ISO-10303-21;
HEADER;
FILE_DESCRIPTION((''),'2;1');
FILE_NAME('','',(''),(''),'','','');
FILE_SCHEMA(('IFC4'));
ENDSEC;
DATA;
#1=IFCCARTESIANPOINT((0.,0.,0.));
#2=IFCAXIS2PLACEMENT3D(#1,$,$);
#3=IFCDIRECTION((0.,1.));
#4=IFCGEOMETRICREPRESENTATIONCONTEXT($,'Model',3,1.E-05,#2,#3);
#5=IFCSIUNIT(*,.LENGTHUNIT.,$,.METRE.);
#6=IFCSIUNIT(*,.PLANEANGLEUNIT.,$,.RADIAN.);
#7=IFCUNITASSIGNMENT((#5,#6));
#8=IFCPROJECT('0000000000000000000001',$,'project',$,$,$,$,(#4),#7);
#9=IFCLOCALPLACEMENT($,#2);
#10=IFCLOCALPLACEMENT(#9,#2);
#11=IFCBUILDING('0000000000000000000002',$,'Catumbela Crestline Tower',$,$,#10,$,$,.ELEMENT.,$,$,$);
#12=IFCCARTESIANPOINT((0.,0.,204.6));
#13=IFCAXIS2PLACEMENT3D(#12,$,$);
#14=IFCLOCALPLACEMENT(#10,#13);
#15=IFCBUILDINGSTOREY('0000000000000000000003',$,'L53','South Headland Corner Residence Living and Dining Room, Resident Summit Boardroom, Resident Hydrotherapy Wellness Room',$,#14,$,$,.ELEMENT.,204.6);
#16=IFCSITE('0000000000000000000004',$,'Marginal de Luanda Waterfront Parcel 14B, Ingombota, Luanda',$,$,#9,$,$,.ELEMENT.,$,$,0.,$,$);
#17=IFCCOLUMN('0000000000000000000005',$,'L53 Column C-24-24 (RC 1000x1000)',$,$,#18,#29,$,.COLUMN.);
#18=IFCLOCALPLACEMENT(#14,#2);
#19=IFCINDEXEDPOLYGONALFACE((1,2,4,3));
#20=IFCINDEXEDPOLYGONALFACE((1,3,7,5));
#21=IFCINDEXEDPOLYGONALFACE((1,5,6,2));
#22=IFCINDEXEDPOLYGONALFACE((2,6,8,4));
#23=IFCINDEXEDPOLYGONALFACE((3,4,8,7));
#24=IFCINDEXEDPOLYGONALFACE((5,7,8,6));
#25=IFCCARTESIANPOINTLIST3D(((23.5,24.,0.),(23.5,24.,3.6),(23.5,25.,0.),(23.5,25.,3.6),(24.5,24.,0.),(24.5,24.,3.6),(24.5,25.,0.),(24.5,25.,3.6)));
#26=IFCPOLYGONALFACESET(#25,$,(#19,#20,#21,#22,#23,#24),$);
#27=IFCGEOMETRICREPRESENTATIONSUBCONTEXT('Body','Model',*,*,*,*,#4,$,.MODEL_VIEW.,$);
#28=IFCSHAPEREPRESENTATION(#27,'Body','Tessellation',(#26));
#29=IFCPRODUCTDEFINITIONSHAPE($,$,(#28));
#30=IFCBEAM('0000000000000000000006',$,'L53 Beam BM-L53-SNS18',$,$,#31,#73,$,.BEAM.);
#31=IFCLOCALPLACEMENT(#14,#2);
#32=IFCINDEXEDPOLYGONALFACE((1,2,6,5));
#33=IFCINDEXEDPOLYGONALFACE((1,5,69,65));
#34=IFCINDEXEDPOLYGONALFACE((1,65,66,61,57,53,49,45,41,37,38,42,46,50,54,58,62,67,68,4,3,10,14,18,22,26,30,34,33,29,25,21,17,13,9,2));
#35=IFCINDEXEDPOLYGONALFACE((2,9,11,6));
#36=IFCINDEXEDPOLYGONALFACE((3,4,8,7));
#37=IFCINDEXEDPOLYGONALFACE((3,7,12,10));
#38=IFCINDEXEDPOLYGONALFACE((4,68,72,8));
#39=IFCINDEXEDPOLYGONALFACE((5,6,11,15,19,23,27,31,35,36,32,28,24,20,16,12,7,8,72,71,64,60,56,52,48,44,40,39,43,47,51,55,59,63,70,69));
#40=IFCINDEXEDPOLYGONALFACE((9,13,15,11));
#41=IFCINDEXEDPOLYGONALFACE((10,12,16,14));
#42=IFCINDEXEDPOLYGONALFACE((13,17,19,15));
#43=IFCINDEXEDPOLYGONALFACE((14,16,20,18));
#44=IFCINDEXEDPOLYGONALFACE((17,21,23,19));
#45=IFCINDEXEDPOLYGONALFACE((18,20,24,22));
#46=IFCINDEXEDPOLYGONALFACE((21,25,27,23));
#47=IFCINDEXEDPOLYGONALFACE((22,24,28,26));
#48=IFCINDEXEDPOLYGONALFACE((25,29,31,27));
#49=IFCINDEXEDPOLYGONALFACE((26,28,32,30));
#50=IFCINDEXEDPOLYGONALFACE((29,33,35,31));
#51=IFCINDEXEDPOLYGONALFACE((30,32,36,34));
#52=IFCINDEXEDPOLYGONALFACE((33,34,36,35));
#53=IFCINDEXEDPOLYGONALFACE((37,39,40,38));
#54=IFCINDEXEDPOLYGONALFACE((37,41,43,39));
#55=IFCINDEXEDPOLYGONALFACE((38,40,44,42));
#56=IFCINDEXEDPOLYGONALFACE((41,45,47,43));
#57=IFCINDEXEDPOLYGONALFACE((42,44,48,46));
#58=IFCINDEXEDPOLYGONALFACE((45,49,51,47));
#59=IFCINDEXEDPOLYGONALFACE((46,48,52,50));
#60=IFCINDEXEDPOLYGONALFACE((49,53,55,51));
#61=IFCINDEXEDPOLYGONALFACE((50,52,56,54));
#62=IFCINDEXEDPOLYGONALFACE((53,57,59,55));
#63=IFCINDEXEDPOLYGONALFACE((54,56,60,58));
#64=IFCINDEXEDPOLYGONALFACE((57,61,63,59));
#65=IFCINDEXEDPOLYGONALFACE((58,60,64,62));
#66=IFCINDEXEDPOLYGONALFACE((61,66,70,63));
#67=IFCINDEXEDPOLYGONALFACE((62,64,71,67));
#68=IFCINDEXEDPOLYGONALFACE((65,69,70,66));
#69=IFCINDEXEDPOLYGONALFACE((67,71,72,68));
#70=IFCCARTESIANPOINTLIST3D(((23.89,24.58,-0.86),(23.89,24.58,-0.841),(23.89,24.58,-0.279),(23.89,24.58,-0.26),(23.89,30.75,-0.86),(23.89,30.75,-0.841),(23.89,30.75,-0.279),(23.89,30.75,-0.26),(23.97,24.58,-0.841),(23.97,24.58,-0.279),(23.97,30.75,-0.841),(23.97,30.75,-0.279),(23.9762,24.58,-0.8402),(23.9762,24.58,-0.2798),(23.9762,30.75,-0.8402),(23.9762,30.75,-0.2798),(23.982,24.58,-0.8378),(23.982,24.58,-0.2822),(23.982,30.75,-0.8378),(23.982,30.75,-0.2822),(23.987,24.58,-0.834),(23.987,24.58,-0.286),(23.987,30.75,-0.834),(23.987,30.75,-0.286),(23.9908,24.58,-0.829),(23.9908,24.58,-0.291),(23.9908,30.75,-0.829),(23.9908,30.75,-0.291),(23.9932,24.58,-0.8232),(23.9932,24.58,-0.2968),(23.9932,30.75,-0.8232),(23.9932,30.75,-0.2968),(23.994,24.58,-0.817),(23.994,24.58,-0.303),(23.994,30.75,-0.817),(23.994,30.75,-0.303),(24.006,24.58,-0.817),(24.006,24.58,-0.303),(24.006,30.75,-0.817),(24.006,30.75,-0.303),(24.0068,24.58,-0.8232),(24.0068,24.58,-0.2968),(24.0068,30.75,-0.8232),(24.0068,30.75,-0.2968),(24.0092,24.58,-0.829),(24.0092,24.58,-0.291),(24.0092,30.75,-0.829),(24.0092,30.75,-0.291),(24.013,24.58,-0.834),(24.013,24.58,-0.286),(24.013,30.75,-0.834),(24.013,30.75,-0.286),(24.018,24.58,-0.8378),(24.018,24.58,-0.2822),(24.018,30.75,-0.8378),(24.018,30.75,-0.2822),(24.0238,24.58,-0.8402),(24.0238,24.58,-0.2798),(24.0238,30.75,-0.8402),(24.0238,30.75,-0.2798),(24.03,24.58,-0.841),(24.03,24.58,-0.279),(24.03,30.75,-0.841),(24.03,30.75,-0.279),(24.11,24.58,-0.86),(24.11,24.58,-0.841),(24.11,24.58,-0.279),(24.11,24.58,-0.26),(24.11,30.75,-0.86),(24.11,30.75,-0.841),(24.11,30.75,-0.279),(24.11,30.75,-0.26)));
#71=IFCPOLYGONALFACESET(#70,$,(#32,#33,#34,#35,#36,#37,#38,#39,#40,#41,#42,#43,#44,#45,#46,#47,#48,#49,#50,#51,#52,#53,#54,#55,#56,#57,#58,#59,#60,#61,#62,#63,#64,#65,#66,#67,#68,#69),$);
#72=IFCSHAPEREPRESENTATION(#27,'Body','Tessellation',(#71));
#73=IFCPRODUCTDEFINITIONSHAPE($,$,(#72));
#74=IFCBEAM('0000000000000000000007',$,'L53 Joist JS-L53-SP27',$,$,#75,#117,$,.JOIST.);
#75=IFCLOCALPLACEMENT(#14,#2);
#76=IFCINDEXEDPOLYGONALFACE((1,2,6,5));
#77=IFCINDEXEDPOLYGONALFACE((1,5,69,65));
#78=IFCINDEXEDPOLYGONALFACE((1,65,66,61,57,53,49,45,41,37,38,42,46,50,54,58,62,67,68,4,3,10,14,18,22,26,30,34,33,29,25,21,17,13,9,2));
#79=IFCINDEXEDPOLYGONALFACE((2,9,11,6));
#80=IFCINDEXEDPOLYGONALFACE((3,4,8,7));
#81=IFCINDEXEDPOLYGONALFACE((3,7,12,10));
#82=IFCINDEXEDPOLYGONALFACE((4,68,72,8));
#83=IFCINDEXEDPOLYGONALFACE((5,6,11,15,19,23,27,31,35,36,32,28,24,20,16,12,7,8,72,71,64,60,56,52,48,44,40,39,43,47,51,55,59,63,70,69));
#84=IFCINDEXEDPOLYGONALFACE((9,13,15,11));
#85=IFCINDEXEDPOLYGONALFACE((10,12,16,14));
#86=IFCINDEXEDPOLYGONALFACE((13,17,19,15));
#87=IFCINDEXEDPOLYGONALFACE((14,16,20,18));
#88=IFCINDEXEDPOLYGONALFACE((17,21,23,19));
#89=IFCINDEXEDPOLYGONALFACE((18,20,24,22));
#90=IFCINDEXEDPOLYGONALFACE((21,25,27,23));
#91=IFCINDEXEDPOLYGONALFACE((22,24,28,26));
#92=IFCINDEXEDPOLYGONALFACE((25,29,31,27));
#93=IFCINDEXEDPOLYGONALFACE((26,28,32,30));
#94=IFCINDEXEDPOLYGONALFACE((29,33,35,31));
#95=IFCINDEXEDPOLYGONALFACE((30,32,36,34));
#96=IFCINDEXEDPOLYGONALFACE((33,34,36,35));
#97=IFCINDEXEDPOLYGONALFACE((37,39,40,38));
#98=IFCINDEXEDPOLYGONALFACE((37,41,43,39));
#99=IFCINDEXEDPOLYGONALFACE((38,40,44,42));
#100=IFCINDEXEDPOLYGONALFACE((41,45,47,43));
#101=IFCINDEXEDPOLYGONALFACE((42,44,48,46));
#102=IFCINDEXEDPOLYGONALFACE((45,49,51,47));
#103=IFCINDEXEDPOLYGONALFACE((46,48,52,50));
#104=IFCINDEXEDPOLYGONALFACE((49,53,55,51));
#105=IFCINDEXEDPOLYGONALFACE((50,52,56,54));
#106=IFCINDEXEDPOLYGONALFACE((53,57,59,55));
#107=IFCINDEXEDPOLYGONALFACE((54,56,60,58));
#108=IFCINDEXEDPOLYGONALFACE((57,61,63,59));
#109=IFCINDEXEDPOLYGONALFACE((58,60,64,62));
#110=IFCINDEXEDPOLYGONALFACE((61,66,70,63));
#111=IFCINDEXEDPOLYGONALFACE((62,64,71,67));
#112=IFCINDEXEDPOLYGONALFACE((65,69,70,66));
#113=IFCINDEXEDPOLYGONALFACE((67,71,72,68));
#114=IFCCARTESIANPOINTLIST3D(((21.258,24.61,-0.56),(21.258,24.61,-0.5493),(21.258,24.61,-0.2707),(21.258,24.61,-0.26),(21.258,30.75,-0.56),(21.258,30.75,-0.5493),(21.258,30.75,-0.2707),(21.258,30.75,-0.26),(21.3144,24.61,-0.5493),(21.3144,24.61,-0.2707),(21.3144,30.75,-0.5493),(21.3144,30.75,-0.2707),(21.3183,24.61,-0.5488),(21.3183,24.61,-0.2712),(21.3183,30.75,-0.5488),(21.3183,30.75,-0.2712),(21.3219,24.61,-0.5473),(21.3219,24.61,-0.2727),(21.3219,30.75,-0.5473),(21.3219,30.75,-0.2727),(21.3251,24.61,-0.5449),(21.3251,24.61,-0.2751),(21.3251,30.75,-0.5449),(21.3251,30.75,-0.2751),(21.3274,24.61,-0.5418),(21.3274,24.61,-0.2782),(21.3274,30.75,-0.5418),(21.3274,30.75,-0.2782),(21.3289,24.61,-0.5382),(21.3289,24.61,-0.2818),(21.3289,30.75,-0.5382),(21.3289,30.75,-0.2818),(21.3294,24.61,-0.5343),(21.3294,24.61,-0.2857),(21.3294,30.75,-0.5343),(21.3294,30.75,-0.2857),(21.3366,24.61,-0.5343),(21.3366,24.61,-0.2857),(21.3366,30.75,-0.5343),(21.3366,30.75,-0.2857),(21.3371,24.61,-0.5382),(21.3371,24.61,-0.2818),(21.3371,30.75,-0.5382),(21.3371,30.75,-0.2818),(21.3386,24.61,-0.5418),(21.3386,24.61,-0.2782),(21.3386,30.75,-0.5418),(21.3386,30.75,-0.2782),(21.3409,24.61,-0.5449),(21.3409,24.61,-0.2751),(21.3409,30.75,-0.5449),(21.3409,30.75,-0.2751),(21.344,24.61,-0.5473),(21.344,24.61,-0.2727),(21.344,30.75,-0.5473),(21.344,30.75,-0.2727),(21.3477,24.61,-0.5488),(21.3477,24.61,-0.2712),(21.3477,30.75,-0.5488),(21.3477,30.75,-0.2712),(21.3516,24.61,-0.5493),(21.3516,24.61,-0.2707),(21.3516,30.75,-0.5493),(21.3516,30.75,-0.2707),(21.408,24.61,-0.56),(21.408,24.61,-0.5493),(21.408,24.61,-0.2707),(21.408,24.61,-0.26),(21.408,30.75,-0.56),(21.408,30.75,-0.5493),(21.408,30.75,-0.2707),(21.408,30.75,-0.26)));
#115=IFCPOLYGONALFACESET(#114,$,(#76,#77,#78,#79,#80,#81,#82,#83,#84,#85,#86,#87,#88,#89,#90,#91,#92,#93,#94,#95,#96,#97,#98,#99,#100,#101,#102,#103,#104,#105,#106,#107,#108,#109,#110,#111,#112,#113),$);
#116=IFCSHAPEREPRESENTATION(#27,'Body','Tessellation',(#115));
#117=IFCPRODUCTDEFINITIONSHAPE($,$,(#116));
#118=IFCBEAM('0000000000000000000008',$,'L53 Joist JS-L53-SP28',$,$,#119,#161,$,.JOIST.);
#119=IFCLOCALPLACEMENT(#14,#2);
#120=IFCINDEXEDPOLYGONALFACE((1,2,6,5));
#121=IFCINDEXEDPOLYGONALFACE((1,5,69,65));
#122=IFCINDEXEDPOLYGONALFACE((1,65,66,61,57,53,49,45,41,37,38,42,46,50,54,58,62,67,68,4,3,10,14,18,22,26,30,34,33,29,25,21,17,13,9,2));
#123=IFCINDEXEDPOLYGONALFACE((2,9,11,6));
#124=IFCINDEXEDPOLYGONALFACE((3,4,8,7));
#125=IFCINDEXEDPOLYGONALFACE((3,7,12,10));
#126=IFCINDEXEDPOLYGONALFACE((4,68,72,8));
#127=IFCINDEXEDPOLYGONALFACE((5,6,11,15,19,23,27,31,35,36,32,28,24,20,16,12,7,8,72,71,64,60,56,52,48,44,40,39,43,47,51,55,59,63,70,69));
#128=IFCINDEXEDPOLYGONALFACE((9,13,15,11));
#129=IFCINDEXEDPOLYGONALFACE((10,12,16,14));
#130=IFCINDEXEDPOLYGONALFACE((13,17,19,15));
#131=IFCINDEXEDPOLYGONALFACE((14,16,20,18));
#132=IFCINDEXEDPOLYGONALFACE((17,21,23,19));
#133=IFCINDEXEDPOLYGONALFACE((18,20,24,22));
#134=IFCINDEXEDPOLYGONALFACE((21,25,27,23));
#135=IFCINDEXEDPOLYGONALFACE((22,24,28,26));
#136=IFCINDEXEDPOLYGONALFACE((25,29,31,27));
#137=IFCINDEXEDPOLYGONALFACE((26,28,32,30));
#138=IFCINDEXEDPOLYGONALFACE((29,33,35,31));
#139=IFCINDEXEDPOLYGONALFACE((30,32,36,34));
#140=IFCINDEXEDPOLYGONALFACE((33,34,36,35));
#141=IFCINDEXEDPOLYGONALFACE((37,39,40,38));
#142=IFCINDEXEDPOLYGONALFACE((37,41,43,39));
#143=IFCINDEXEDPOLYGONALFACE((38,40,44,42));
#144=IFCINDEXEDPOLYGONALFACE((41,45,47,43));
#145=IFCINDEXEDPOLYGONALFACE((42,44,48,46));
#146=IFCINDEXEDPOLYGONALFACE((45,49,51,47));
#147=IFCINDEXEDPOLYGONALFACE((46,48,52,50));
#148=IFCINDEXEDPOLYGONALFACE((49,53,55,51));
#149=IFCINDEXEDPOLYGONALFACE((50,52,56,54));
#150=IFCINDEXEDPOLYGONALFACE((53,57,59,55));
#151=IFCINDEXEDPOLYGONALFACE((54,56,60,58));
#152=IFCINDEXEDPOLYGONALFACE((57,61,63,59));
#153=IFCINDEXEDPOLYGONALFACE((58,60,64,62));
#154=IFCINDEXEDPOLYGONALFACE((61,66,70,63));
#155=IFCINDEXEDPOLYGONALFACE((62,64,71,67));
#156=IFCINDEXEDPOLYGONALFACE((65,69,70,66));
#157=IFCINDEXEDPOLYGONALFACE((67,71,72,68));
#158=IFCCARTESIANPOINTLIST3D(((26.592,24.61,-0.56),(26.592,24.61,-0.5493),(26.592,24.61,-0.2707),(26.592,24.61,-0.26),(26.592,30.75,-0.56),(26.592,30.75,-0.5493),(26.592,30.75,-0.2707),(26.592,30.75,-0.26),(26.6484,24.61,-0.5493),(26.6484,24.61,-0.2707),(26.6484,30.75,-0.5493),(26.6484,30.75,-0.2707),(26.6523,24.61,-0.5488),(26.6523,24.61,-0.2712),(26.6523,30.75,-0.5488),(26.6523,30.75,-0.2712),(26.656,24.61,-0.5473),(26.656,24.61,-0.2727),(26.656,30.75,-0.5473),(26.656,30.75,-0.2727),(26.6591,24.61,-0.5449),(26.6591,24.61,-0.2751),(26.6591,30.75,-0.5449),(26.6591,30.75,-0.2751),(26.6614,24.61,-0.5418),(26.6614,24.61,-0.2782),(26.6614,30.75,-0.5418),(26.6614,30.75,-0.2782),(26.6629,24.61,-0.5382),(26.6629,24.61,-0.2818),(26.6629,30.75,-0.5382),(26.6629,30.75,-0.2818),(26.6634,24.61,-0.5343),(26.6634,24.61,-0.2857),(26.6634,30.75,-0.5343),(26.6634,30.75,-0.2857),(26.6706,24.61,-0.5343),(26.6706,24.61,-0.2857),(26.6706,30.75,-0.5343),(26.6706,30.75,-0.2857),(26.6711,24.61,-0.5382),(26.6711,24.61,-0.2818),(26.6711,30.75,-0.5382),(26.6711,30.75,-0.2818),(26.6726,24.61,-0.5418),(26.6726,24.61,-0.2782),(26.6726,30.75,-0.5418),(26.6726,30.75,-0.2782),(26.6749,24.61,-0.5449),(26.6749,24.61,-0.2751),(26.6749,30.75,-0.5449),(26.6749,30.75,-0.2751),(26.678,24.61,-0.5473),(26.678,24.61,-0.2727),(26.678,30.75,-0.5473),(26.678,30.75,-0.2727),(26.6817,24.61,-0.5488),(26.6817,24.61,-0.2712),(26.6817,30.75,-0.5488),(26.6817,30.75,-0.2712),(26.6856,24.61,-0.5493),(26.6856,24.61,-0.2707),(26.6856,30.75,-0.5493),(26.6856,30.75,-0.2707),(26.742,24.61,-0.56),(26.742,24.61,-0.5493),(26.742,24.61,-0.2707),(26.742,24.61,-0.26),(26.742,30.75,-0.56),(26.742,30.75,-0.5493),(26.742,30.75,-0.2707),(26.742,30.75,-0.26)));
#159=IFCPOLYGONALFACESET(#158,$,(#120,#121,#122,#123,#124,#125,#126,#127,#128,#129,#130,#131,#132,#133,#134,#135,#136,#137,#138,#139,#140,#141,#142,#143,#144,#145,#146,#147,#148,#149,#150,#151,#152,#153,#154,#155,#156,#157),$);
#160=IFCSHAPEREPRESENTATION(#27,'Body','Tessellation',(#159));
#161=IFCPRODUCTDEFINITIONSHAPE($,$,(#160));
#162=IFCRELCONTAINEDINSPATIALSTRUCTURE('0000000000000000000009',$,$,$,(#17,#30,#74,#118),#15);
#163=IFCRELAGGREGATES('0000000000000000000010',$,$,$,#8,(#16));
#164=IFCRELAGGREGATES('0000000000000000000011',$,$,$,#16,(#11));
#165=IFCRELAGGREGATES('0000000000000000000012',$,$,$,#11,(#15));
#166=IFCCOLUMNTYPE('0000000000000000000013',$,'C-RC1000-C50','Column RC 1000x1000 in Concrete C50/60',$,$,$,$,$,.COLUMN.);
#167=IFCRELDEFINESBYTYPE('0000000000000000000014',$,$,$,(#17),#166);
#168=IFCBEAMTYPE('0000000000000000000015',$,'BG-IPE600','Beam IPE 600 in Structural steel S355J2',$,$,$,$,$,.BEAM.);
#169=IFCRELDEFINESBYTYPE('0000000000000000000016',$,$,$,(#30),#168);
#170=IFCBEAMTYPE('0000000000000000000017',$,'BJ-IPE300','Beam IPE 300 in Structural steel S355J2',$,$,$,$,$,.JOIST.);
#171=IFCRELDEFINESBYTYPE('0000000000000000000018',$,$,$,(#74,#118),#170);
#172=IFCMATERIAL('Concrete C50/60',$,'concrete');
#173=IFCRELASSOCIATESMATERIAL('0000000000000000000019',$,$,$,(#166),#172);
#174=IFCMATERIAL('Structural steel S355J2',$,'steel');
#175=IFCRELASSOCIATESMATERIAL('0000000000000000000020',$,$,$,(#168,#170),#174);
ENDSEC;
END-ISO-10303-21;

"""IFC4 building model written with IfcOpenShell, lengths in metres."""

from ifc_helpers import new_model, si_unit, direction, frame, origin, origin_2d, place, context, subcontext, project, spatial, rectangle, i_section, extrude, material, material_profile, profile_set, type_object, element, save


model = new_model("IFC4")

# Units and contexts
model_context = context("Model", 3, precision=1e-05, world=origin(), true_north=direction((0.0, 1.0)))
body_context = subcontext(model_context, "Body", "Model", "MODEL_VIEW")
ifc_project = project(units=[si_unit("LENGTHUNIT", "METRE"), si_unit("PLANEANGLEUNIT", "RADIAN")], contexts=[model_context])

# Site, building, storey
site_placement = place(None, origin())
site = spatial("IfcSite", under=ifc_project, at=site_placement, Name="Marginal de Luanda Waterfront Parcel 14B, Ingombota, Luanda", CompositionType="ELEMENT", RefElevation=0.0)
building_placement = place(site_placement, origin())
building = spatial("IfcBuilding", under=site, at=building_placement, Name="Catumbela Crestline Tower", CompositionType="ELEMENT")
storey_placement = place(building_placement, frame((0.0, 0.0, 204.6)))
storey = spatial("IfcBuildingStorey", under=building, at=storey_placement, Name="L53", Description="South Headland Corner Residence Living and Dining Room, Resident Summit Boardroom, Resident Hydrotherapy Wellness Room", CompositionType="ELEMENT", Elevation=204.6)

# Column
ifc_material_1 = material(Name="Concrete C50/60", Category="concrete")
ifc_material_profile_1 = material_profile(ifc_material_1, rectangle(XDim=1.0, YDim=1.0, at=origin_2d()), Name="RC 1000x1000")
ifc_profile_set_1 = profile_set([ifc_material_profile_1], Name="Concrete C50/60")
column_type = type_object("IfcColumnType", Name="C-RC1000-C50", Description="Column RC 1000x1000 in Concrete C50/60", PredefinedType="COLUMN", material=ifc_profile_set_1)
column_placement = place(storey_placement, frame((24.0, 24.5, 0.0), z_axis=(0.0, 0.0, 1.0), x_axis=(1.0, 0.0, 0.0)))
element("IfcColumn", 1, at=column_placement, inside=storey, type_object=column_type, Name="L53 Column C-24-24 (RC 1000x1000)", PredefinedType="COLUMN", context=body_context, shape_type="SweptSolid", body=[
    extrude(rectangle(XDim=1.0, YDim=1.0, at=origin_2d()), origin(), (0.0, 0.0, 1.0), 3.6),
])

# Beams
ifc_material_2 = material(Name="Structural steel S355J2", Category="steel")
ifc_material_profile_2 = material_profile(ifc_material_2, i_section(OverallWidth=0.22, OverallDepth=0.6, WebThickness=0.012, FlangeThickness=0.019, FilletRadius=0.024, at=origin_2d()), Name="IPE 600")
ifc_profile_set_2 = profile_set([ifc_material_profile_2], Name="Structural steel S355J2")
beam_type_1 = type_object("IfcBeamType", Name="BG-IPE600", Description="Beam IPE 600 in Structural steel S355J2", PredefinedType="BEAM", material=ifc_profile_set_2)
beam_1_placement = place(storey_placement, frame((24.0, 24.58, -0.56), z_axis=(0.0, 1.0, 0.0), x_axis=(-1.0, 0.0, 0.0)))
element("IfcBeam", 2, at=beam_1_placement, inside=storey, type_object=beam_type_1, Name="L53 Beam BM-L53-SNS18", PredefinedType="BEAM", context=body_context, shape_type="SweptSolid", body=[
    extrude(i_section(OverallWidth=0.22, OverallDepth=0.6, WebThickness=0.012, FlangeThickness=0.019, FilletRadius=0.024, at=origin_2d()), origin(), (0.0, 0.0, 1.0), 6.17),
])
ifc_material_profile_3 = material_profile(ifc_material_2, i_section(OverallWidth=0.15, OverallDepth=0.3, WebThickness=0.0071, FlangeThickness=0.0107, FilletRadius=0.015, at=origin_2d()), Name="IPE 300")
ifc_profile_set_3 = profile_set([ifc_material_profile_3], Name="Structural steel S355J2")
beam_type_2 = type_object("IfcBeamType", Name="BJ-IPE300", Description="Beam IPE 300 in Structural steel S355J2", PredefinedType="JOIST", material=ifc_profile_set_3)
for number, where, z_axis, x_axis, name in (
    (3, (21.333, 24.61, -0.41), (0.0, 1.0, 0.0), (-1.0, 0.0, 0.0), "L53 Joist JS-L53-SP27"),
    (4, (26.667, 24.61, -0.41), (0.0, 1.0, 0.0), (-1.0, 0.0, 0.0), "L53 Joist JS-L53-SP28"),
):
    element("IfcBeam", number, at=place(storey_placement, frame(where, z_axis=z_axis, x_axis=x_axis)), inside=storey, type_object=beam_type_2, Name=name, PredefinedType="JOIST", context=body_context, shape_type="SweptSolid", body=[
        extrude(i_section(OverallWidth=0.15, OverallDepth=0.3, WebThickness=0.0071, FlangeThickness=0.0107, FilletRadius=0.015, at=origin_2d()), origin(), (0.0, 0.0, 1.0), 6.14),
    ])

save(model, "model.ifc")
